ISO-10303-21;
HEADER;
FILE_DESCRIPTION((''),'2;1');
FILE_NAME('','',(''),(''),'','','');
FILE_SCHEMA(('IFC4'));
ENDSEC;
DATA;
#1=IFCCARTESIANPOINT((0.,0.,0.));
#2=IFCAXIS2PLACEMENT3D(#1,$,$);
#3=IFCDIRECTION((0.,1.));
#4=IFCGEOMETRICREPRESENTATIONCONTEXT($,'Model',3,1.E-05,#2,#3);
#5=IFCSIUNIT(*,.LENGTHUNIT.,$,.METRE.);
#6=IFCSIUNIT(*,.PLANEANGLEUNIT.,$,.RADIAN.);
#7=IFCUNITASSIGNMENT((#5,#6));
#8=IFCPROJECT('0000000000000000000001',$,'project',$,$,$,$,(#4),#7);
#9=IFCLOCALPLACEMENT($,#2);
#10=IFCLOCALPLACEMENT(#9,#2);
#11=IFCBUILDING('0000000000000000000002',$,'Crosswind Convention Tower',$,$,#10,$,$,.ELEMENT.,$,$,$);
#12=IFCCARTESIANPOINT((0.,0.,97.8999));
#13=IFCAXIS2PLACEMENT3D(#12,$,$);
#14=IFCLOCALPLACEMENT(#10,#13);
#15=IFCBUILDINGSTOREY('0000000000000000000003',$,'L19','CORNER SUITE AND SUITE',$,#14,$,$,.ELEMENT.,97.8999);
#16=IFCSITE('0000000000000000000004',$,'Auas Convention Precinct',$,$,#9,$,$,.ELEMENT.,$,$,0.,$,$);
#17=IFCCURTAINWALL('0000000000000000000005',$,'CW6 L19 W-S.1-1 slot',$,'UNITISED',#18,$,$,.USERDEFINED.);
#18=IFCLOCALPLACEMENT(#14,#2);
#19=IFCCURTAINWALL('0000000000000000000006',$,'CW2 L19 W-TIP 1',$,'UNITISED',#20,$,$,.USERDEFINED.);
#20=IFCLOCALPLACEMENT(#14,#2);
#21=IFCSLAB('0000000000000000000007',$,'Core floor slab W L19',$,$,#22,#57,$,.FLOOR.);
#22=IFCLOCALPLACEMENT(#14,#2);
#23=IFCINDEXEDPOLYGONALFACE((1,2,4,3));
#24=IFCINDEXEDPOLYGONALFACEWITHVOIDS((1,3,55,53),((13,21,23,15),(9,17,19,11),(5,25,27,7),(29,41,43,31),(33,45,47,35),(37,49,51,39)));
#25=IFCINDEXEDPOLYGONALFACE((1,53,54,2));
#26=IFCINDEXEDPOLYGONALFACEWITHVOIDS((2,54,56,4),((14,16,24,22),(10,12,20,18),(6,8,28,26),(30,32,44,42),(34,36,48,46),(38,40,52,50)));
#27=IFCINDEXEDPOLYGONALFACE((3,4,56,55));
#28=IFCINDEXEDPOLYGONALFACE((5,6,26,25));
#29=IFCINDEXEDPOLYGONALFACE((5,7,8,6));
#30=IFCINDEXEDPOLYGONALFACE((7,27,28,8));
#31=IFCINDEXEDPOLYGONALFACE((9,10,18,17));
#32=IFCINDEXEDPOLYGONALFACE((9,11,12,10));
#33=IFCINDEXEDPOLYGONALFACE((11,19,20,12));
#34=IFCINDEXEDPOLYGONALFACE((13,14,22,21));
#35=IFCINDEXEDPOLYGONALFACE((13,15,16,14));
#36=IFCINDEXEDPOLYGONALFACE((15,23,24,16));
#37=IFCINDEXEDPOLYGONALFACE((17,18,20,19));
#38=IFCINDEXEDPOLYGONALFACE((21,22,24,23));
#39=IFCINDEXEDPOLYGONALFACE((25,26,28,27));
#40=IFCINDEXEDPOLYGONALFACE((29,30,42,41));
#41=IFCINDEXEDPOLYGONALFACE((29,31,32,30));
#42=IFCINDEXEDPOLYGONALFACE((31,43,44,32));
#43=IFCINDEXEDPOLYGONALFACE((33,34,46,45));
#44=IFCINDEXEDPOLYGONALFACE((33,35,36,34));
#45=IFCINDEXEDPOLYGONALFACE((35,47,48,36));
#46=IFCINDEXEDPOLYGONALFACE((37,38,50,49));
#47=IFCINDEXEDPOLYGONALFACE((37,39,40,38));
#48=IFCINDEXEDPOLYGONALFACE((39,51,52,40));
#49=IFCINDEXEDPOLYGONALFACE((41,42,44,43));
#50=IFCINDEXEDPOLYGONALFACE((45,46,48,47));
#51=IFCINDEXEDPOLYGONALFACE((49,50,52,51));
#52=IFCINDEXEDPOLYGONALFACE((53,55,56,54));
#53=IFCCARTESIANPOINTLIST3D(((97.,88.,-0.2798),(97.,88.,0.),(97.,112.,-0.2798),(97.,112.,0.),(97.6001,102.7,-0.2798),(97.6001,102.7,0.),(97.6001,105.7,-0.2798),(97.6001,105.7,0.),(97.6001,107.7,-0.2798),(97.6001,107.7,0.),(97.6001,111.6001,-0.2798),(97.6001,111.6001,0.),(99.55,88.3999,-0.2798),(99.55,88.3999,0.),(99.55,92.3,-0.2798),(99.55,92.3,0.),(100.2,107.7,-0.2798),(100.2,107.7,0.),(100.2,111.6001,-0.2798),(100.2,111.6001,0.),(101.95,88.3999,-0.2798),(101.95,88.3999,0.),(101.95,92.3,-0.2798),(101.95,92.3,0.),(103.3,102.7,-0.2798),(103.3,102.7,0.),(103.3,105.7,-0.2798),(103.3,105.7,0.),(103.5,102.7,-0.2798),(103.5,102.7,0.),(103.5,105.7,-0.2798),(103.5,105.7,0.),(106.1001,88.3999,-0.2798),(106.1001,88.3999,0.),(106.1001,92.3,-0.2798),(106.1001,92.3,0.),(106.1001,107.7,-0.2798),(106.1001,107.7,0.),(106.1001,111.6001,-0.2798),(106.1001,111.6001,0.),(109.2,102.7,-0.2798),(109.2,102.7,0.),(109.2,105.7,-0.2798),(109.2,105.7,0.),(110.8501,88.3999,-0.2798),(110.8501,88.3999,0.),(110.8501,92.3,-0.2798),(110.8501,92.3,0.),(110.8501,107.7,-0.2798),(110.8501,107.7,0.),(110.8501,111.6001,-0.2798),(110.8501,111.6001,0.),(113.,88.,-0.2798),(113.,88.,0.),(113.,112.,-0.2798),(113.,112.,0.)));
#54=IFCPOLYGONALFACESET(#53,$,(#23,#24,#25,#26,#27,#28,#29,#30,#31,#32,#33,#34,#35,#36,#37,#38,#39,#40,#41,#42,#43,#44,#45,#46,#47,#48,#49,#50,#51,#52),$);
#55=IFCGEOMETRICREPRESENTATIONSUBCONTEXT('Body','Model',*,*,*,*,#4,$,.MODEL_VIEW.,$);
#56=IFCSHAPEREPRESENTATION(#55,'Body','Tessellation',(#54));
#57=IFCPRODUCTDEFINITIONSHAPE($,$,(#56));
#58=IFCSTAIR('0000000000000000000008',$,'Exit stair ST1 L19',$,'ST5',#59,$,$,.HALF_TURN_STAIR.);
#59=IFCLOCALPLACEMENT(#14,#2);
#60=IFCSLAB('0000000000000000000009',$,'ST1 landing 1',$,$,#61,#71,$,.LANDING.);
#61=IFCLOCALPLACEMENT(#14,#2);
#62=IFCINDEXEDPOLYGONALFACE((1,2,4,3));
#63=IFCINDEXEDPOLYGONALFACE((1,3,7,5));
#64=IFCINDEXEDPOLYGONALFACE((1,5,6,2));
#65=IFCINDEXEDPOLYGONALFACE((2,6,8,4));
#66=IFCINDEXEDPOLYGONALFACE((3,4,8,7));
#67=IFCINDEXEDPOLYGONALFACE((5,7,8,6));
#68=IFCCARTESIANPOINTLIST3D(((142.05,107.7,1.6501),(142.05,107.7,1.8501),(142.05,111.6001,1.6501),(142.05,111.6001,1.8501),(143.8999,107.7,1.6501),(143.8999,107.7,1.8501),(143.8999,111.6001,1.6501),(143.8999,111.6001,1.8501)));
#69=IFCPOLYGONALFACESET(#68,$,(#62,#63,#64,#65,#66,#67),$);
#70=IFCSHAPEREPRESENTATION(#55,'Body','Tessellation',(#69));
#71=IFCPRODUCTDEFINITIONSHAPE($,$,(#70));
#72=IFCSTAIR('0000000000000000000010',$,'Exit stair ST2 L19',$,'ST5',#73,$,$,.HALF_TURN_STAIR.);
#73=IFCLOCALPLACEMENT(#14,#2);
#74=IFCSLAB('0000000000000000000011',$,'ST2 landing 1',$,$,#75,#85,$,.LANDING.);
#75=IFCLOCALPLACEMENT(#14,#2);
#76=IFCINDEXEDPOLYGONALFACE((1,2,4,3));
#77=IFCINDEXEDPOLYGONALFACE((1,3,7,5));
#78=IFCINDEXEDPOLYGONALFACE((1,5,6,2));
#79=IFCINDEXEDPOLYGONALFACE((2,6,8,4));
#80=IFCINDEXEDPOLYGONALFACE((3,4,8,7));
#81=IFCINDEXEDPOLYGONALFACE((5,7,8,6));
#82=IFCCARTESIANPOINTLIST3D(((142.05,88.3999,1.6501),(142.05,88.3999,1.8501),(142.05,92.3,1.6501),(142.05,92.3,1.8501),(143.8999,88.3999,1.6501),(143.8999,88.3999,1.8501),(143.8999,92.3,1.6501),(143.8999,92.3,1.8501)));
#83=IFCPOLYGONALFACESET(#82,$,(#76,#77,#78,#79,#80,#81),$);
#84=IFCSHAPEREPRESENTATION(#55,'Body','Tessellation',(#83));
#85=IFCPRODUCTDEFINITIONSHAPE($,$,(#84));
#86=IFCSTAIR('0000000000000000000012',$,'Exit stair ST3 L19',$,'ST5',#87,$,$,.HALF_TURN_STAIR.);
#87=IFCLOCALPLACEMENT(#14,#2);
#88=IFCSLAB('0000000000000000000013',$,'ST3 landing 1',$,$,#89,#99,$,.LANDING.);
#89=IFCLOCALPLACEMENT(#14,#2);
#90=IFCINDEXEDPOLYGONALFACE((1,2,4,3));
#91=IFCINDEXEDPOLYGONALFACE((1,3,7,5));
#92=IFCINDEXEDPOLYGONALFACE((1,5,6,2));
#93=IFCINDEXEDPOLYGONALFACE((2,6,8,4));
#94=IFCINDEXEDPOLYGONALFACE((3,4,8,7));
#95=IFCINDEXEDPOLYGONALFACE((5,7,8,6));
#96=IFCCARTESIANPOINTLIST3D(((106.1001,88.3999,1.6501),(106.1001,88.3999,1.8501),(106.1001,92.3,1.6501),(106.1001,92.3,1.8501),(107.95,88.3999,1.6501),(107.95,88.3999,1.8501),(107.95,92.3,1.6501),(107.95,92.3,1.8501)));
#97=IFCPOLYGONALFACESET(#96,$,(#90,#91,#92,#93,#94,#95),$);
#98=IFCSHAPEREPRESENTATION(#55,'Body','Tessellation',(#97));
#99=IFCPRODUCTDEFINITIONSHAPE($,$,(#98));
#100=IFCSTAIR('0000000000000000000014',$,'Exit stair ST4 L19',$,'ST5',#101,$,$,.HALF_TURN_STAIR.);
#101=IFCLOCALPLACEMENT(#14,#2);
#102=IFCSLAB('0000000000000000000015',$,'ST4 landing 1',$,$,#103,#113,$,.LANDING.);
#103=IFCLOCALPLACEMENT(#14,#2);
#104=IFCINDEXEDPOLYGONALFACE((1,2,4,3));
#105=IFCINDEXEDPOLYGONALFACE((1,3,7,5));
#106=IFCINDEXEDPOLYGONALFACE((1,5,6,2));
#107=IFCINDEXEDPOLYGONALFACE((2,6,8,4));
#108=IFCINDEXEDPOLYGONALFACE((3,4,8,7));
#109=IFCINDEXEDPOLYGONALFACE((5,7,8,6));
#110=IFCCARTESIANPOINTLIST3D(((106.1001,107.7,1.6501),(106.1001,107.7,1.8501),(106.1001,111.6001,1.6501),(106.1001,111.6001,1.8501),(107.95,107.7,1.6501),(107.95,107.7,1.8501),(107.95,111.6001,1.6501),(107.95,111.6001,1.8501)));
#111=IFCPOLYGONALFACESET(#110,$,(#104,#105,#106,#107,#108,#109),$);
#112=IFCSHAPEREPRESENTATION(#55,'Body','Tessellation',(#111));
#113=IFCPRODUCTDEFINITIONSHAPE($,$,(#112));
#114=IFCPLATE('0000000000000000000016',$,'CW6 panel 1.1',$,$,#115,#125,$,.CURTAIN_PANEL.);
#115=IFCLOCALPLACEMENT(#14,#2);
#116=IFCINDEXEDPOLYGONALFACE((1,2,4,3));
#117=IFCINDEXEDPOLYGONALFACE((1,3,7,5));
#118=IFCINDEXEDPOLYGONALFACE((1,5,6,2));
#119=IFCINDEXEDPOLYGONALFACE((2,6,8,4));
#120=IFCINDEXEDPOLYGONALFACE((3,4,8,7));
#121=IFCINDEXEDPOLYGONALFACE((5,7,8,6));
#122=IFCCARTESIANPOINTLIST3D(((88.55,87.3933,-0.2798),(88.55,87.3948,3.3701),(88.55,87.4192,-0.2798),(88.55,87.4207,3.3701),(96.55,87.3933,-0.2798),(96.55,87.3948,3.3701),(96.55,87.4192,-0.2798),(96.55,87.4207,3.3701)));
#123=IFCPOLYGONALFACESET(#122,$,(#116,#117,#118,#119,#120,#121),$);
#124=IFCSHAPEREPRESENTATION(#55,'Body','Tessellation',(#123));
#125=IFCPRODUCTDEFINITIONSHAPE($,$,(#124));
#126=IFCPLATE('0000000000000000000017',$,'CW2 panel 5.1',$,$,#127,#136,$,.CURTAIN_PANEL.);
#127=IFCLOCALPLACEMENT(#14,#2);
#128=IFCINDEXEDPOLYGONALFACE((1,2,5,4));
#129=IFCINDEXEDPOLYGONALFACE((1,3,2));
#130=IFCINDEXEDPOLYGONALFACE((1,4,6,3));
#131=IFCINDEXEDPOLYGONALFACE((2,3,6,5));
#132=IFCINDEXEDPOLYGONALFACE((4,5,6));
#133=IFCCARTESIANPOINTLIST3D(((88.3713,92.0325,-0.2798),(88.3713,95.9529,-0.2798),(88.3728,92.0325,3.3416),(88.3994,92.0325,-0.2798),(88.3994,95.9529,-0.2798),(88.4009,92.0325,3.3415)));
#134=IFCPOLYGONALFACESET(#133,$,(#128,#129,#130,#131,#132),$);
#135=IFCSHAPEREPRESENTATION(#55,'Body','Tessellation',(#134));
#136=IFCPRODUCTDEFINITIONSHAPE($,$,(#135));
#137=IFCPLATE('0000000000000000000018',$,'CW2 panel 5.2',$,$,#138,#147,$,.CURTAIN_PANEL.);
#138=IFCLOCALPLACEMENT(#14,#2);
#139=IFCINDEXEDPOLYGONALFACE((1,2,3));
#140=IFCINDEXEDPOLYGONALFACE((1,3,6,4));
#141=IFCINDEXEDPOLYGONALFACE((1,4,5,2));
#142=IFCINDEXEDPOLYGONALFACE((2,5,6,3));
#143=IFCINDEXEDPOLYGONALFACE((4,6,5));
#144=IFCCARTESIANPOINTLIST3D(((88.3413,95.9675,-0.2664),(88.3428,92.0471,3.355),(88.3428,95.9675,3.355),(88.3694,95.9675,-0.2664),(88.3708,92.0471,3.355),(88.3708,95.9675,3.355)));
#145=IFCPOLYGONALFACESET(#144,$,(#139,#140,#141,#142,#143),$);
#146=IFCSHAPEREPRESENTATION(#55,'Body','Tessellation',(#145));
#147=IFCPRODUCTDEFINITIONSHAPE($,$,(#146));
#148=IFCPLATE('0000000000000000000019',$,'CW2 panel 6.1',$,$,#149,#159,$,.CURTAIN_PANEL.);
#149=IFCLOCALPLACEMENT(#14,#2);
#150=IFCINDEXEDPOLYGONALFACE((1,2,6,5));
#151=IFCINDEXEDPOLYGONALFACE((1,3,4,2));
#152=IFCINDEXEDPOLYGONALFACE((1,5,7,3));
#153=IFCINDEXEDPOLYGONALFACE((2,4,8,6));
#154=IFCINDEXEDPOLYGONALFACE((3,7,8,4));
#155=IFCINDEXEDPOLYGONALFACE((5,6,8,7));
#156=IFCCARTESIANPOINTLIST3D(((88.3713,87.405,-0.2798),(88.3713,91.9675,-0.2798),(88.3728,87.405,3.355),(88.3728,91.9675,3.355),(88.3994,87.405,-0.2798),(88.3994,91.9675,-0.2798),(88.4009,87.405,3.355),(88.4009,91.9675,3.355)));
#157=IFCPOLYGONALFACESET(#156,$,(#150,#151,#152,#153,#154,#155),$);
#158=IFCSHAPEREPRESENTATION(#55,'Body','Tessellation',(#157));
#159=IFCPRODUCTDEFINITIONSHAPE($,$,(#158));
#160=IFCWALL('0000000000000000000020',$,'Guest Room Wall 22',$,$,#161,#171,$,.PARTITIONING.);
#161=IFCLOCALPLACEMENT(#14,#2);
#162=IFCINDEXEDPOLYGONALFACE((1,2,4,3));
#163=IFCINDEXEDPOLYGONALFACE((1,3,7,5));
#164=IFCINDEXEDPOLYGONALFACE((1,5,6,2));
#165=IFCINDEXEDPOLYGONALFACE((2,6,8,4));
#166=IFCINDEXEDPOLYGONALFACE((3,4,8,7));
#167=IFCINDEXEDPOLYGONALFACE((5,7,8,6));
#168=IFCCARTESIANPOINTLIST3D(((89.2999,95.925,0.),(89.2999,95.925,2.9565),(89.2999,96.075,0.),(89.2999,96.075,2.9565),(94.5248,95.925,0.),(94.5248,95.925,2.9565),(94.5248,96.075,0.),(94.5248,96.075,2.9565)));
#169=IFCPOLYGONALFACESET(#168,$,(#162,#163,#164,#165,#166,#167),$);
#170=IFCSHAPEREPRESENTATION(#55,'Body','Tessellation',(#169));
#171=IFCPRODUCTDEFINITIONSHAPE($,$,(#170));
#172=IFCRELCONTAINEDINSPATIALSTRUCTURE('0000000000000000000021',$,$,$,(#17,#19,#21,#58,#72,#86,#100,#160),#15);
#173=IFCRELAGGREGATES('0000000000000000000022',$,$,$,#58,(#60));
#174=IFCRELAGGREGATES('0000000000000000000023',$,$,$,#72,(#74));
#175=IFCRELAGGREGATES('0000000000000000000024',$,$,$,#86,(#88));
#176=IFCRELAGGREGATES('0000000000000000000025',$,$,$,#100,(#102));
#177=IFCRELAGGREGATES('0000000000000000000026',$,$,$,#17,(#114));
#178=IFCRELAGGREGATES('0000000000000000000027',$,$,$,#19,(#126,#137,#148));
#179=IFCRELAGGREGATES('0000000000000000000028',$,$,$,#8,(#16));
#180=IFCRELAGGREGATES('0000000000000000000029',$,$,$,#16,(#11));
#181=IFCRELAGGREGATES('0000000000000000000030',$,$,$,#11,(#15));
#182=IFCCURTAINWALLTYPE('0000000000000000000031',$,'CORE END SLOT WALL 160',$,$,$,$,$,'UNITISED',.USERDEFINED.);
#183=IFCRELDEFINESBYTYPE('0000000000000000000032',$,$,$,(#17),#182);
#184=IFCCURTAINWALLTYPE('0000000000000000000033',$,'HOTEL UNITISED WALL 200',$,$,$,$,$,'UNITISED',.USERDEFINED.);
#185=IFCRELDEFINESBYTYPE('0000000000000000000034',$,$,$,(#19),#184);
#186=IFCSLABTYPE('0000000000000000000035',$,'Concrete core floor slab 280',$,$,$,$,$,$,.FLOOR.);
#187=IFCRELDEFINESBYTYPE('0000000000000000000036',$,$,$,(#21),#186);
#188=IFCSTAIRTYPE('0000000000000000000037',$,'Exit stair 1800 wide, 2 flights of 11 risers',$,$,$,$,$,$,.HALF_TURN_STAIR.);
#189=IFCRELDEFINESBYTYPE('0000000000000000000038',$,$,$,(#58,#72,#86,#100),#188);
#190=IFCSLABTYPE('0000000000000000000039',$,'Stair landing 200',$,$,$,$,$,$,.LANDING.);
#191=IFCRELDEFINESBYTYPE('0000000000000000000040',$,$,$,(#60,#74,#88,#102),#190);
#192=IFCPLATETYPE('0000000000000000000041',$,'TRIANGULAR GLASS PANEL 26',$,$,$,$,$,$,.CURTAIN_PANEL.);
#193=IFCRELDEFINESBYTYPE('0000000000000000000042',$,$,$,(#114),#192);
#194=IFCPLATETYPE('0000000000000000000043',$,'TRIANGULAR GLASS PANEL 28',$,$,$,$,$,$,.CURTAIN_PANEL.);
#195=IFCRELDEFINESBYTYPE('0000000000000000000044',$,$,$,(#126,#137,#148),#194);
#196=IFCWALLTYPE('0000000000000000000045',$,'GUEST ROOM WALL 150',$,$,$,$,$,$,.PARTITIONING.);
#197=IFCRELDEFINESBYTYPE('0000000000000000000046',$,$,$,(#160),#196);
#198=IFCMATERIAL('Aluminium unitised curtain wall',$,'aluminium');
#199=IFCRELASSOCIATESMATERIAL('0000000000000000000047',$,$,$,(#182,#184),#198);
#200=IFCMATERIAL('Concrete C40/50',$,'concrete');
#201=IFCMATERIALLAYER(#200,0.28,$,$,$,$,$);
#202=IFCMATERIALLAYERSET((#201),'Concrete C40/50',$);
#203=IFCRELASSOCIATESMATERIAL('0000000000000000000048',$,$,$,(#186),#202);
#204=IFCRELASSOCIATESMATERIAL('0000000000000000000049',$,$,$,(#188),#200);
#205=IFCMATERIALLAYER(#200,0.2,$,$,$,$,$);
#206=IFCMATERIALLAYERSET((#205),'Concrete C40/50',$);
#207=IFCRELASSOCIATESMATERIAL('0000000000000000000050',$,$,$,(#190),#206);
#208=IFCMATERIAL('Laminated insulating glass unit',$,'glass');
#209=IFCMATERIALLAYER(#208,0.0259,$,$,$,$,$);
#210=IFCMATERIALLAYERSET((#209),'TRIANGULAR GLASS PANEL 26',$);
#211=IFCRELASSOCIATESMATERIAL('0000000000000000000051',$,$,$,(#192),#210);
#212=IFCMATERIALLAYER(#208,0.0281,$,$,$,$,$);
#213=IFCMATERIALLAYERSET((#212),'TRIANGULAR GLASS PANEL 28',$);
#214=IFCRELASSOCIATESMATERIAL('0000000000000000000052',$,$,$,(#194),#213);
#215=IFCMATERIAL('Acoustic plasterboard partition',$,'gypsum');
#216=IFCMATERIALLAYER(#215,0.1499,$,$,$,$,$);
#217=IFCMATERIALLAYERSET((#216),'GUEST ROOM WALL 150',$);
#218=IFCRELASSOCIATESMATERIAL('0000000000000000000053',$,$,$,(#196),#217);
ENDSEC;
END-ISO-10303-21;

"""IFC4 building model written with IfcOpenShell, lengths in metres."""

from ifc_helpers import new_model, si_unit, direction, frame, frame_2d, origin, place, context, subcontext, project, spatial, polyline, rectangle, outline, extrude, material, layer, layer_set, type_object, element, aggregate, save


model = new_model("IFC4")

# Units and contexts
model_context = context("Model", 3, precision=1e-05, world=origin(), true_north=direction((0.0, 1.0)))
body_context = subcontext(model_context, "Body", "Model", "MODEL_VIEW")
ifc_project = project(units=[si_unit("LENGTHUNIT", "METRE"), si_unit("PLANEANGLEUNIT", "RADIAN")], contexts=[model_context])

# Site, building, storey
site_placement = place(None, origin())
site = spatial("IfcSite", under=ifc_project, at=site_placement, Name="Auas Convention Precinct", CompositionType="ELEMENT", RefElevation=0.0)
building_placement = place(site_placement, origin())
building = spatial("IfcBuilding", under=site, at=building_placement, Name="Crosswind Convention Tower", CompositionType="ELEMENT")
storey_placement = place(building_placement, frame((0.0, 0.0, 97.8999)))
storey = spatial("IfcBuildingStorey", under=building, at=storey_placement, Name="L19", Description="CORNER SUITE AND SUITE", CompositionType="ELEMENT", Elevation=97.8999)

# Curtain wall
ifc_material_1 = material(Name="Aluminium unitised curtain wall", Category="aluminium")
curtain_wall_type_1 = type_object("IfcCurtainWallType", Name="CORE END SLOT WALL 160", ElementType="UNITISED", PredefinedType="USERDEFINED", material=ifc_material_1)
curtain_wall_1_placement = place(storey_placement, origin())
curtain_wall_1 = element("IfcCurtainWall", 1, at=curtain_wall_1_placement, inside=storey, type_object=curtain_wall_type_1, Name="CW6 L19 W-S.1-1 slot", ObjectType="UNITISED", PredefinedType="USERDEFINED")

# Curtain wall
curtain_wall_type_2 = type_object("IfcCurtainWallType", Name="HOTEL UNITISED WALL 200", ElementType="UNITISED", PredefinedType="USERDEFINED", material=ifc_material_1)
curtain_wall_2_placement = place(storey_placement, origin())
curtain_wall_2 = element("IfcCurtainWall", 2, at=curtain_wall_2_placement, inside=storey, type_object=curtain_wall_type_2, Name="CW2 L19 W-TIP 1", ObjectType="UNITISED", PredefinedType="USERDEFINED")

# Slab
ifc_material_2 = material(Name="Concrete C40/50", Category="concrete")
ifc_layer_1 = layer(ifc_material_2, 0.28)
ifc_layer_set_1 = layer_set([ifc_layer_1], Name="Concrete C40/50")
slab_type_1 = type_object("IfcSlabType", Name="Concrete core floor slab 280", PredefinedType="FLOOR", material=ifc_layer_set_1)
slab_1_placement = place(storey_placement, frame((0.0, 0.0, -0.2798)))
element("IfcSlab", 3, at=slab_1_placement, inside=storey, type_object=slab_type_1, Name="Core floor slab W L19", PredefinedType="FLOOR", context=body_context, shape_type="SweptSolid", body=[
    extrude(outline(polyline([(97.0, 88.0), (113.0, 88.0), (113.0, 112.0), (97.0, 112.0), (97.0, 88.0)]), holes=[polyline([(109.2, 102.7), (109.2, 105.7), (103.5, 105.7), (103.5, 102.7), (109.2, 102.7)]), polyline([(103.3, 102.7), (103.3, 105.7), (97.6001, 105.7), (97.6001, 102.7), (103.3, 102.7)]), polyline([(101.95, 88.3999), (101.95, 92.3), (99.55, 92.3), (99.55, 88.3999), (101.95, 88.3999)]), polyline([(100.2, 107.7), (100.2, 111.6001), (97.6001, 111.6001), (97.6001, 107.7), (100.2, 107.7)]), polyline([(110.8501, 88.3999), (110.8501, 92.3), (106.1001, 92.3), (106.1001, 88.3999), (110.8501, 88.3999)]), polyline([(110.8501, 107.7), (110.8501, 111.6001), (106.1001, 111.6001), (106.1001, 107.7), (110.8501, 107.7)])]), origin(), (0.0, 0.0, 1.0), 0.2798),
])

# Stairs, slabs
stair_type = type_object("IfcStairType", Name="Exit stair 1800 wide, 2 flights of 11 risers", PredefinedType="HALF_TURN_STAIR", material=ifc_material_2)
stair_1_placement = place(storey_placement, origin())
stair_1 = element("IfcStair", 4, at=stair_1_placement, inside=storey, type_object=stair_type, Name="Exit stair ST1 L19", ObjectType="ST5", PredefinedType="HALF_TURN_STAIR")
ifc_layer_2 = layer(ifc_material_2, 0.2)
ifc_layer_set_2 = layer_set([ifc_layer_2], Name="Concrete C40/50")
slab_type_2 = type_object("IfcSlabType", Name="Stair landing 200", PredefinedType="LANDING", material=ifc_layer_set_2)
slab_2_placement = place(storey_placement, frame((0.0, 0.0, 1.6501)))
slab_2 = element("IfcSlab", 5, at=slab_2_placement, type_object=slab_type_2, Name="ST1 landing 1", PredefinedType="LANDING", context=body_context, shape_type="SweptSolid", body=[
    extrude(outline(polyline([(143.8999, 107.7), (143.8999, 111.6001), (142.05, 111.6001), (142.05, 107.7), (143.8999, 107.7)])), origin(), (0.0, 0.0, 1.0), 0.2),
])
aggregate(stair_1, [slab_2])
stair_2_placement = place(storey_placement, origin())
stair_2 = element("IfcStair", 6, at=stair_2_placement, inside=storey, type_object=stair_type, Name="Exit stair ST2 L19", ObjectType="ST5", PredefinedType="HALF_TURN_STAIR")
slab_3_placement = place(storey_placement, frame((0.0, 0.0, 1.6501)))
slab_3 = element("IfcSlab", 7, at=slab_3_placement, type_object=slab_type_2, Name="ST2 landing 1", PredefinedType="LANDING", context=body_context, shape_type="SweptSolid", body=[
    extrude(outline(polyline([(143.8999, 88.3999), (143.8999, 92.3), (142.05, 92.3), (142.05, 88.3999), (143.8999, 88.3999)])), origin(), (0.0, 0.0, 1.0), 0.2),
])
aggregate(stair_2, [slab_3])
stair_3_placement = place(storey_placement, origin())
stair_3 = element("IfcStair", 8, at=stair_3_placement, inside=storey, type_object=stair_type, Name="Exit stair ST3 L19", ObjectType="ST5", PredefinedType="HALF_TURN_STAIR")
slab_4_placement = place(storey_placement, frame((0.0, 0.0, 1.6501)))
slab_4 = element("IfcSlab", 9, at=slab_4_placement, type_object=slab_type_2, Name="ST3 landing 1", PredefinedType="LANDING", context=body_context, shape_type="SweptSolid", body=[
    extrude(outline(polyline([(107.95, 88.3999), (107.95, 92.3), (106.1001, 92.3), (106.1001, 88.3999), (107.95, 88.3999)])), origin(), (0.0, 0.0, 1.0), 0.2),
])
aggregate(stair_3, [slab_4])
stair_4_placement = place(storey_placement, origin())
stair_4 = element("IfcStair", 10, at=stair_4_placement, inside=storey, type_object=stair_type, Name="Exit stair ST4 L19", ObjectType="ST5", PredefinedType="HALF_TURN_STAIR")
slab_5_placement = place(storey_placement, frame((0.0, 0.0, 1.6501)))
slab_5 = element("IfcSlab", 11, at=slab_5_placement, type_object=slab_type_2, Name="ST4 landing 1", PredefinedType="LANDING", context=body_context, shape_type="SweptSolid", body=[
    extrude(outline(polyline([(107.95, 107.7), (107.95, 111.6001), (106.1001, 111.6001), (106.1001, 107.7), (107.95, 107.7)])), origin(), (0.0, 0.0, 1.0), 0.2),
])
aggregate(stair_4, [slab_5])

# Plates
ifc_material_3 = material(Name="Laminated insulating glass unit", Category="glass")
ifc_layer_3 = layer(ifc_material_3, 0.0259)
ifc_layer_set_3 = layer_set([ifc_layer_3], Name="TRIANGULAR GLASS PANEL 26")
plate_type_1 = type_object("IfcPlateType", Name="TRIANGULAR GLASS PANEL 26", PredefinedType="CURTAIN_PANEL", material=ifc_layer_set_3)
plate_1_placement = place(storey_placement, frame((88.55, 87.3933, -0.2798), z_axis=(0.0, -1.0, 0.000401), x_axis=(1.0, 0.0, 0.0)))
plate_1 = element("IfcPlate", 12, at=plate_1_placement, type_object=plate_type_1, Name="CW6 panel 1.1", PredefinedType="CURTAIN_PANEL", context=body_context, shape_type="SweptSolid", body=[
    extrude(outline(polyline([(0.0, 0.0), (8.0, 0.0), (8.0, 3.6499), (0.0, 3.6499), (0.0, 0.0)])), origin(), (0.0, 0.0, -1.0), 0.0259),
])
aggregate(curtain_wall_1, [plate_1])
ifc_layer_4 = layer(ifc_material_3, 0.0281)
ifc_layer_set_4 = layer_set([ifc_layer_4], Name="TRIANGULAR GLASS PANEL 28")
plate_type_2 = type_object("IfcPlateType", Name="TRIANGULAR GLASS PANEL 28", PredefinedType="CURTAIN_PANEL", material=ifc_layer_set_4)
plate_2_placement = place(storey_placement, frame((88.3713, 92.0325, -0.2798), z_axis=(-1.0, 0.0, 0.000405), x_axis=(0.000405, 0.0, 1.0)))
plate_2 = element("IfcPlate", 13, at=plate_2_placement, type_object=plate_type_2, Name="CW2 panel 5.1", PredefinedType="CURTAIN_PANEL", context=body_context, shape_type="SweptSolid", body=[
    extrude(outline(polyline([(0.0, 0.0), (3.6213, 0.0), (0.0, 3.9204), (0.0, 0.0)])), origin(), (0.0, 0.0, -1.0), 0.0281),
])
plate_3_placement = place(storey_placement, frame((88.3428, 95.9675, 3.355), z_axis=(-1.0, 0.0, 0.000405), x_axis=(-0.000405, 0.0, -1.0)))
plate_3 = element("IfcPlate", 14, at=plate_3_placement, type_object=plate_type_2, Name="CW2 panel 5.2", PredefinedType="CURTAIN_PANEL", context=body_context, shape_type="SweptSolid", body=[
    extrude(outline(polyline([(0.0, 0.0), (3.6213, 0.0), (0.0, 3.9204), (0.0, 0.0)])), origin(), (0.0, 0.0, -1.0), 0.0281),
])
plate_4_placement = place(storey_placement, frame((88.3713, 91.9675, -0.2798), z_axis=(-1.0, 0.0, 0.000403), x_axis=(0.0, -1.0, 0.0)))
plate_4 = element("IfcPlate", 15, at=plate_4_placement, type_object=plate_type_2, Name="CW2 panel 6.1", PredefinedType="CURTAIN_PANEL", context=body_context, shape_type="SweptSolid", body=[
    extrude(outline(polyline([(0.0, 0.0), (4.5625, 0.0), (4.5625, 3.6348), (0.0, 3.6348), (0.0, 0.0)])), origin(), (0.0, 0.0, -1.0), 0.0281),
])
aggregate(curtain_wall_2, [plate_2, plate_3, plate_4])

# Wall
ifc_material_4 = material(Name="Acoustic plasterboard partition", Category="gypsum")
ifc_layer_5 = layer(ifc_material_4, 0.1499)
ifc_layer_set_5 = layer_set([ifc_layer_5], Name="GUEST ROOM WALL 150")
wall_type_1 = type_object("IfcWallType", Name="GUEST ROOM WALL 150", PredefinedType="PARTITIONING", material=ifc_layer_set_5)
wall_1_placement = place(storey_placement, frame((89.3, 96.0, 0.0), z_axis=(0.0, 0.0, 1.0), x_axis=(1.0, 0.0, 0.0)))
element("IfcWall", 16, at=wall_1_placement, inside=storey, type_object=wall_type_1, Name="Guest Room Wall 22", PredefinedType="PARTITIONING", context=body_context, shape_type="SweptSolid", body=[
    extrude(rectangle(XDim=5.2249, YDim=0.1499, at=frame_2d((2.6123, 0.0))), origin(), (0.0, 0.0, 1.0), 2.9565),
])

save(model, "model.ifc")
